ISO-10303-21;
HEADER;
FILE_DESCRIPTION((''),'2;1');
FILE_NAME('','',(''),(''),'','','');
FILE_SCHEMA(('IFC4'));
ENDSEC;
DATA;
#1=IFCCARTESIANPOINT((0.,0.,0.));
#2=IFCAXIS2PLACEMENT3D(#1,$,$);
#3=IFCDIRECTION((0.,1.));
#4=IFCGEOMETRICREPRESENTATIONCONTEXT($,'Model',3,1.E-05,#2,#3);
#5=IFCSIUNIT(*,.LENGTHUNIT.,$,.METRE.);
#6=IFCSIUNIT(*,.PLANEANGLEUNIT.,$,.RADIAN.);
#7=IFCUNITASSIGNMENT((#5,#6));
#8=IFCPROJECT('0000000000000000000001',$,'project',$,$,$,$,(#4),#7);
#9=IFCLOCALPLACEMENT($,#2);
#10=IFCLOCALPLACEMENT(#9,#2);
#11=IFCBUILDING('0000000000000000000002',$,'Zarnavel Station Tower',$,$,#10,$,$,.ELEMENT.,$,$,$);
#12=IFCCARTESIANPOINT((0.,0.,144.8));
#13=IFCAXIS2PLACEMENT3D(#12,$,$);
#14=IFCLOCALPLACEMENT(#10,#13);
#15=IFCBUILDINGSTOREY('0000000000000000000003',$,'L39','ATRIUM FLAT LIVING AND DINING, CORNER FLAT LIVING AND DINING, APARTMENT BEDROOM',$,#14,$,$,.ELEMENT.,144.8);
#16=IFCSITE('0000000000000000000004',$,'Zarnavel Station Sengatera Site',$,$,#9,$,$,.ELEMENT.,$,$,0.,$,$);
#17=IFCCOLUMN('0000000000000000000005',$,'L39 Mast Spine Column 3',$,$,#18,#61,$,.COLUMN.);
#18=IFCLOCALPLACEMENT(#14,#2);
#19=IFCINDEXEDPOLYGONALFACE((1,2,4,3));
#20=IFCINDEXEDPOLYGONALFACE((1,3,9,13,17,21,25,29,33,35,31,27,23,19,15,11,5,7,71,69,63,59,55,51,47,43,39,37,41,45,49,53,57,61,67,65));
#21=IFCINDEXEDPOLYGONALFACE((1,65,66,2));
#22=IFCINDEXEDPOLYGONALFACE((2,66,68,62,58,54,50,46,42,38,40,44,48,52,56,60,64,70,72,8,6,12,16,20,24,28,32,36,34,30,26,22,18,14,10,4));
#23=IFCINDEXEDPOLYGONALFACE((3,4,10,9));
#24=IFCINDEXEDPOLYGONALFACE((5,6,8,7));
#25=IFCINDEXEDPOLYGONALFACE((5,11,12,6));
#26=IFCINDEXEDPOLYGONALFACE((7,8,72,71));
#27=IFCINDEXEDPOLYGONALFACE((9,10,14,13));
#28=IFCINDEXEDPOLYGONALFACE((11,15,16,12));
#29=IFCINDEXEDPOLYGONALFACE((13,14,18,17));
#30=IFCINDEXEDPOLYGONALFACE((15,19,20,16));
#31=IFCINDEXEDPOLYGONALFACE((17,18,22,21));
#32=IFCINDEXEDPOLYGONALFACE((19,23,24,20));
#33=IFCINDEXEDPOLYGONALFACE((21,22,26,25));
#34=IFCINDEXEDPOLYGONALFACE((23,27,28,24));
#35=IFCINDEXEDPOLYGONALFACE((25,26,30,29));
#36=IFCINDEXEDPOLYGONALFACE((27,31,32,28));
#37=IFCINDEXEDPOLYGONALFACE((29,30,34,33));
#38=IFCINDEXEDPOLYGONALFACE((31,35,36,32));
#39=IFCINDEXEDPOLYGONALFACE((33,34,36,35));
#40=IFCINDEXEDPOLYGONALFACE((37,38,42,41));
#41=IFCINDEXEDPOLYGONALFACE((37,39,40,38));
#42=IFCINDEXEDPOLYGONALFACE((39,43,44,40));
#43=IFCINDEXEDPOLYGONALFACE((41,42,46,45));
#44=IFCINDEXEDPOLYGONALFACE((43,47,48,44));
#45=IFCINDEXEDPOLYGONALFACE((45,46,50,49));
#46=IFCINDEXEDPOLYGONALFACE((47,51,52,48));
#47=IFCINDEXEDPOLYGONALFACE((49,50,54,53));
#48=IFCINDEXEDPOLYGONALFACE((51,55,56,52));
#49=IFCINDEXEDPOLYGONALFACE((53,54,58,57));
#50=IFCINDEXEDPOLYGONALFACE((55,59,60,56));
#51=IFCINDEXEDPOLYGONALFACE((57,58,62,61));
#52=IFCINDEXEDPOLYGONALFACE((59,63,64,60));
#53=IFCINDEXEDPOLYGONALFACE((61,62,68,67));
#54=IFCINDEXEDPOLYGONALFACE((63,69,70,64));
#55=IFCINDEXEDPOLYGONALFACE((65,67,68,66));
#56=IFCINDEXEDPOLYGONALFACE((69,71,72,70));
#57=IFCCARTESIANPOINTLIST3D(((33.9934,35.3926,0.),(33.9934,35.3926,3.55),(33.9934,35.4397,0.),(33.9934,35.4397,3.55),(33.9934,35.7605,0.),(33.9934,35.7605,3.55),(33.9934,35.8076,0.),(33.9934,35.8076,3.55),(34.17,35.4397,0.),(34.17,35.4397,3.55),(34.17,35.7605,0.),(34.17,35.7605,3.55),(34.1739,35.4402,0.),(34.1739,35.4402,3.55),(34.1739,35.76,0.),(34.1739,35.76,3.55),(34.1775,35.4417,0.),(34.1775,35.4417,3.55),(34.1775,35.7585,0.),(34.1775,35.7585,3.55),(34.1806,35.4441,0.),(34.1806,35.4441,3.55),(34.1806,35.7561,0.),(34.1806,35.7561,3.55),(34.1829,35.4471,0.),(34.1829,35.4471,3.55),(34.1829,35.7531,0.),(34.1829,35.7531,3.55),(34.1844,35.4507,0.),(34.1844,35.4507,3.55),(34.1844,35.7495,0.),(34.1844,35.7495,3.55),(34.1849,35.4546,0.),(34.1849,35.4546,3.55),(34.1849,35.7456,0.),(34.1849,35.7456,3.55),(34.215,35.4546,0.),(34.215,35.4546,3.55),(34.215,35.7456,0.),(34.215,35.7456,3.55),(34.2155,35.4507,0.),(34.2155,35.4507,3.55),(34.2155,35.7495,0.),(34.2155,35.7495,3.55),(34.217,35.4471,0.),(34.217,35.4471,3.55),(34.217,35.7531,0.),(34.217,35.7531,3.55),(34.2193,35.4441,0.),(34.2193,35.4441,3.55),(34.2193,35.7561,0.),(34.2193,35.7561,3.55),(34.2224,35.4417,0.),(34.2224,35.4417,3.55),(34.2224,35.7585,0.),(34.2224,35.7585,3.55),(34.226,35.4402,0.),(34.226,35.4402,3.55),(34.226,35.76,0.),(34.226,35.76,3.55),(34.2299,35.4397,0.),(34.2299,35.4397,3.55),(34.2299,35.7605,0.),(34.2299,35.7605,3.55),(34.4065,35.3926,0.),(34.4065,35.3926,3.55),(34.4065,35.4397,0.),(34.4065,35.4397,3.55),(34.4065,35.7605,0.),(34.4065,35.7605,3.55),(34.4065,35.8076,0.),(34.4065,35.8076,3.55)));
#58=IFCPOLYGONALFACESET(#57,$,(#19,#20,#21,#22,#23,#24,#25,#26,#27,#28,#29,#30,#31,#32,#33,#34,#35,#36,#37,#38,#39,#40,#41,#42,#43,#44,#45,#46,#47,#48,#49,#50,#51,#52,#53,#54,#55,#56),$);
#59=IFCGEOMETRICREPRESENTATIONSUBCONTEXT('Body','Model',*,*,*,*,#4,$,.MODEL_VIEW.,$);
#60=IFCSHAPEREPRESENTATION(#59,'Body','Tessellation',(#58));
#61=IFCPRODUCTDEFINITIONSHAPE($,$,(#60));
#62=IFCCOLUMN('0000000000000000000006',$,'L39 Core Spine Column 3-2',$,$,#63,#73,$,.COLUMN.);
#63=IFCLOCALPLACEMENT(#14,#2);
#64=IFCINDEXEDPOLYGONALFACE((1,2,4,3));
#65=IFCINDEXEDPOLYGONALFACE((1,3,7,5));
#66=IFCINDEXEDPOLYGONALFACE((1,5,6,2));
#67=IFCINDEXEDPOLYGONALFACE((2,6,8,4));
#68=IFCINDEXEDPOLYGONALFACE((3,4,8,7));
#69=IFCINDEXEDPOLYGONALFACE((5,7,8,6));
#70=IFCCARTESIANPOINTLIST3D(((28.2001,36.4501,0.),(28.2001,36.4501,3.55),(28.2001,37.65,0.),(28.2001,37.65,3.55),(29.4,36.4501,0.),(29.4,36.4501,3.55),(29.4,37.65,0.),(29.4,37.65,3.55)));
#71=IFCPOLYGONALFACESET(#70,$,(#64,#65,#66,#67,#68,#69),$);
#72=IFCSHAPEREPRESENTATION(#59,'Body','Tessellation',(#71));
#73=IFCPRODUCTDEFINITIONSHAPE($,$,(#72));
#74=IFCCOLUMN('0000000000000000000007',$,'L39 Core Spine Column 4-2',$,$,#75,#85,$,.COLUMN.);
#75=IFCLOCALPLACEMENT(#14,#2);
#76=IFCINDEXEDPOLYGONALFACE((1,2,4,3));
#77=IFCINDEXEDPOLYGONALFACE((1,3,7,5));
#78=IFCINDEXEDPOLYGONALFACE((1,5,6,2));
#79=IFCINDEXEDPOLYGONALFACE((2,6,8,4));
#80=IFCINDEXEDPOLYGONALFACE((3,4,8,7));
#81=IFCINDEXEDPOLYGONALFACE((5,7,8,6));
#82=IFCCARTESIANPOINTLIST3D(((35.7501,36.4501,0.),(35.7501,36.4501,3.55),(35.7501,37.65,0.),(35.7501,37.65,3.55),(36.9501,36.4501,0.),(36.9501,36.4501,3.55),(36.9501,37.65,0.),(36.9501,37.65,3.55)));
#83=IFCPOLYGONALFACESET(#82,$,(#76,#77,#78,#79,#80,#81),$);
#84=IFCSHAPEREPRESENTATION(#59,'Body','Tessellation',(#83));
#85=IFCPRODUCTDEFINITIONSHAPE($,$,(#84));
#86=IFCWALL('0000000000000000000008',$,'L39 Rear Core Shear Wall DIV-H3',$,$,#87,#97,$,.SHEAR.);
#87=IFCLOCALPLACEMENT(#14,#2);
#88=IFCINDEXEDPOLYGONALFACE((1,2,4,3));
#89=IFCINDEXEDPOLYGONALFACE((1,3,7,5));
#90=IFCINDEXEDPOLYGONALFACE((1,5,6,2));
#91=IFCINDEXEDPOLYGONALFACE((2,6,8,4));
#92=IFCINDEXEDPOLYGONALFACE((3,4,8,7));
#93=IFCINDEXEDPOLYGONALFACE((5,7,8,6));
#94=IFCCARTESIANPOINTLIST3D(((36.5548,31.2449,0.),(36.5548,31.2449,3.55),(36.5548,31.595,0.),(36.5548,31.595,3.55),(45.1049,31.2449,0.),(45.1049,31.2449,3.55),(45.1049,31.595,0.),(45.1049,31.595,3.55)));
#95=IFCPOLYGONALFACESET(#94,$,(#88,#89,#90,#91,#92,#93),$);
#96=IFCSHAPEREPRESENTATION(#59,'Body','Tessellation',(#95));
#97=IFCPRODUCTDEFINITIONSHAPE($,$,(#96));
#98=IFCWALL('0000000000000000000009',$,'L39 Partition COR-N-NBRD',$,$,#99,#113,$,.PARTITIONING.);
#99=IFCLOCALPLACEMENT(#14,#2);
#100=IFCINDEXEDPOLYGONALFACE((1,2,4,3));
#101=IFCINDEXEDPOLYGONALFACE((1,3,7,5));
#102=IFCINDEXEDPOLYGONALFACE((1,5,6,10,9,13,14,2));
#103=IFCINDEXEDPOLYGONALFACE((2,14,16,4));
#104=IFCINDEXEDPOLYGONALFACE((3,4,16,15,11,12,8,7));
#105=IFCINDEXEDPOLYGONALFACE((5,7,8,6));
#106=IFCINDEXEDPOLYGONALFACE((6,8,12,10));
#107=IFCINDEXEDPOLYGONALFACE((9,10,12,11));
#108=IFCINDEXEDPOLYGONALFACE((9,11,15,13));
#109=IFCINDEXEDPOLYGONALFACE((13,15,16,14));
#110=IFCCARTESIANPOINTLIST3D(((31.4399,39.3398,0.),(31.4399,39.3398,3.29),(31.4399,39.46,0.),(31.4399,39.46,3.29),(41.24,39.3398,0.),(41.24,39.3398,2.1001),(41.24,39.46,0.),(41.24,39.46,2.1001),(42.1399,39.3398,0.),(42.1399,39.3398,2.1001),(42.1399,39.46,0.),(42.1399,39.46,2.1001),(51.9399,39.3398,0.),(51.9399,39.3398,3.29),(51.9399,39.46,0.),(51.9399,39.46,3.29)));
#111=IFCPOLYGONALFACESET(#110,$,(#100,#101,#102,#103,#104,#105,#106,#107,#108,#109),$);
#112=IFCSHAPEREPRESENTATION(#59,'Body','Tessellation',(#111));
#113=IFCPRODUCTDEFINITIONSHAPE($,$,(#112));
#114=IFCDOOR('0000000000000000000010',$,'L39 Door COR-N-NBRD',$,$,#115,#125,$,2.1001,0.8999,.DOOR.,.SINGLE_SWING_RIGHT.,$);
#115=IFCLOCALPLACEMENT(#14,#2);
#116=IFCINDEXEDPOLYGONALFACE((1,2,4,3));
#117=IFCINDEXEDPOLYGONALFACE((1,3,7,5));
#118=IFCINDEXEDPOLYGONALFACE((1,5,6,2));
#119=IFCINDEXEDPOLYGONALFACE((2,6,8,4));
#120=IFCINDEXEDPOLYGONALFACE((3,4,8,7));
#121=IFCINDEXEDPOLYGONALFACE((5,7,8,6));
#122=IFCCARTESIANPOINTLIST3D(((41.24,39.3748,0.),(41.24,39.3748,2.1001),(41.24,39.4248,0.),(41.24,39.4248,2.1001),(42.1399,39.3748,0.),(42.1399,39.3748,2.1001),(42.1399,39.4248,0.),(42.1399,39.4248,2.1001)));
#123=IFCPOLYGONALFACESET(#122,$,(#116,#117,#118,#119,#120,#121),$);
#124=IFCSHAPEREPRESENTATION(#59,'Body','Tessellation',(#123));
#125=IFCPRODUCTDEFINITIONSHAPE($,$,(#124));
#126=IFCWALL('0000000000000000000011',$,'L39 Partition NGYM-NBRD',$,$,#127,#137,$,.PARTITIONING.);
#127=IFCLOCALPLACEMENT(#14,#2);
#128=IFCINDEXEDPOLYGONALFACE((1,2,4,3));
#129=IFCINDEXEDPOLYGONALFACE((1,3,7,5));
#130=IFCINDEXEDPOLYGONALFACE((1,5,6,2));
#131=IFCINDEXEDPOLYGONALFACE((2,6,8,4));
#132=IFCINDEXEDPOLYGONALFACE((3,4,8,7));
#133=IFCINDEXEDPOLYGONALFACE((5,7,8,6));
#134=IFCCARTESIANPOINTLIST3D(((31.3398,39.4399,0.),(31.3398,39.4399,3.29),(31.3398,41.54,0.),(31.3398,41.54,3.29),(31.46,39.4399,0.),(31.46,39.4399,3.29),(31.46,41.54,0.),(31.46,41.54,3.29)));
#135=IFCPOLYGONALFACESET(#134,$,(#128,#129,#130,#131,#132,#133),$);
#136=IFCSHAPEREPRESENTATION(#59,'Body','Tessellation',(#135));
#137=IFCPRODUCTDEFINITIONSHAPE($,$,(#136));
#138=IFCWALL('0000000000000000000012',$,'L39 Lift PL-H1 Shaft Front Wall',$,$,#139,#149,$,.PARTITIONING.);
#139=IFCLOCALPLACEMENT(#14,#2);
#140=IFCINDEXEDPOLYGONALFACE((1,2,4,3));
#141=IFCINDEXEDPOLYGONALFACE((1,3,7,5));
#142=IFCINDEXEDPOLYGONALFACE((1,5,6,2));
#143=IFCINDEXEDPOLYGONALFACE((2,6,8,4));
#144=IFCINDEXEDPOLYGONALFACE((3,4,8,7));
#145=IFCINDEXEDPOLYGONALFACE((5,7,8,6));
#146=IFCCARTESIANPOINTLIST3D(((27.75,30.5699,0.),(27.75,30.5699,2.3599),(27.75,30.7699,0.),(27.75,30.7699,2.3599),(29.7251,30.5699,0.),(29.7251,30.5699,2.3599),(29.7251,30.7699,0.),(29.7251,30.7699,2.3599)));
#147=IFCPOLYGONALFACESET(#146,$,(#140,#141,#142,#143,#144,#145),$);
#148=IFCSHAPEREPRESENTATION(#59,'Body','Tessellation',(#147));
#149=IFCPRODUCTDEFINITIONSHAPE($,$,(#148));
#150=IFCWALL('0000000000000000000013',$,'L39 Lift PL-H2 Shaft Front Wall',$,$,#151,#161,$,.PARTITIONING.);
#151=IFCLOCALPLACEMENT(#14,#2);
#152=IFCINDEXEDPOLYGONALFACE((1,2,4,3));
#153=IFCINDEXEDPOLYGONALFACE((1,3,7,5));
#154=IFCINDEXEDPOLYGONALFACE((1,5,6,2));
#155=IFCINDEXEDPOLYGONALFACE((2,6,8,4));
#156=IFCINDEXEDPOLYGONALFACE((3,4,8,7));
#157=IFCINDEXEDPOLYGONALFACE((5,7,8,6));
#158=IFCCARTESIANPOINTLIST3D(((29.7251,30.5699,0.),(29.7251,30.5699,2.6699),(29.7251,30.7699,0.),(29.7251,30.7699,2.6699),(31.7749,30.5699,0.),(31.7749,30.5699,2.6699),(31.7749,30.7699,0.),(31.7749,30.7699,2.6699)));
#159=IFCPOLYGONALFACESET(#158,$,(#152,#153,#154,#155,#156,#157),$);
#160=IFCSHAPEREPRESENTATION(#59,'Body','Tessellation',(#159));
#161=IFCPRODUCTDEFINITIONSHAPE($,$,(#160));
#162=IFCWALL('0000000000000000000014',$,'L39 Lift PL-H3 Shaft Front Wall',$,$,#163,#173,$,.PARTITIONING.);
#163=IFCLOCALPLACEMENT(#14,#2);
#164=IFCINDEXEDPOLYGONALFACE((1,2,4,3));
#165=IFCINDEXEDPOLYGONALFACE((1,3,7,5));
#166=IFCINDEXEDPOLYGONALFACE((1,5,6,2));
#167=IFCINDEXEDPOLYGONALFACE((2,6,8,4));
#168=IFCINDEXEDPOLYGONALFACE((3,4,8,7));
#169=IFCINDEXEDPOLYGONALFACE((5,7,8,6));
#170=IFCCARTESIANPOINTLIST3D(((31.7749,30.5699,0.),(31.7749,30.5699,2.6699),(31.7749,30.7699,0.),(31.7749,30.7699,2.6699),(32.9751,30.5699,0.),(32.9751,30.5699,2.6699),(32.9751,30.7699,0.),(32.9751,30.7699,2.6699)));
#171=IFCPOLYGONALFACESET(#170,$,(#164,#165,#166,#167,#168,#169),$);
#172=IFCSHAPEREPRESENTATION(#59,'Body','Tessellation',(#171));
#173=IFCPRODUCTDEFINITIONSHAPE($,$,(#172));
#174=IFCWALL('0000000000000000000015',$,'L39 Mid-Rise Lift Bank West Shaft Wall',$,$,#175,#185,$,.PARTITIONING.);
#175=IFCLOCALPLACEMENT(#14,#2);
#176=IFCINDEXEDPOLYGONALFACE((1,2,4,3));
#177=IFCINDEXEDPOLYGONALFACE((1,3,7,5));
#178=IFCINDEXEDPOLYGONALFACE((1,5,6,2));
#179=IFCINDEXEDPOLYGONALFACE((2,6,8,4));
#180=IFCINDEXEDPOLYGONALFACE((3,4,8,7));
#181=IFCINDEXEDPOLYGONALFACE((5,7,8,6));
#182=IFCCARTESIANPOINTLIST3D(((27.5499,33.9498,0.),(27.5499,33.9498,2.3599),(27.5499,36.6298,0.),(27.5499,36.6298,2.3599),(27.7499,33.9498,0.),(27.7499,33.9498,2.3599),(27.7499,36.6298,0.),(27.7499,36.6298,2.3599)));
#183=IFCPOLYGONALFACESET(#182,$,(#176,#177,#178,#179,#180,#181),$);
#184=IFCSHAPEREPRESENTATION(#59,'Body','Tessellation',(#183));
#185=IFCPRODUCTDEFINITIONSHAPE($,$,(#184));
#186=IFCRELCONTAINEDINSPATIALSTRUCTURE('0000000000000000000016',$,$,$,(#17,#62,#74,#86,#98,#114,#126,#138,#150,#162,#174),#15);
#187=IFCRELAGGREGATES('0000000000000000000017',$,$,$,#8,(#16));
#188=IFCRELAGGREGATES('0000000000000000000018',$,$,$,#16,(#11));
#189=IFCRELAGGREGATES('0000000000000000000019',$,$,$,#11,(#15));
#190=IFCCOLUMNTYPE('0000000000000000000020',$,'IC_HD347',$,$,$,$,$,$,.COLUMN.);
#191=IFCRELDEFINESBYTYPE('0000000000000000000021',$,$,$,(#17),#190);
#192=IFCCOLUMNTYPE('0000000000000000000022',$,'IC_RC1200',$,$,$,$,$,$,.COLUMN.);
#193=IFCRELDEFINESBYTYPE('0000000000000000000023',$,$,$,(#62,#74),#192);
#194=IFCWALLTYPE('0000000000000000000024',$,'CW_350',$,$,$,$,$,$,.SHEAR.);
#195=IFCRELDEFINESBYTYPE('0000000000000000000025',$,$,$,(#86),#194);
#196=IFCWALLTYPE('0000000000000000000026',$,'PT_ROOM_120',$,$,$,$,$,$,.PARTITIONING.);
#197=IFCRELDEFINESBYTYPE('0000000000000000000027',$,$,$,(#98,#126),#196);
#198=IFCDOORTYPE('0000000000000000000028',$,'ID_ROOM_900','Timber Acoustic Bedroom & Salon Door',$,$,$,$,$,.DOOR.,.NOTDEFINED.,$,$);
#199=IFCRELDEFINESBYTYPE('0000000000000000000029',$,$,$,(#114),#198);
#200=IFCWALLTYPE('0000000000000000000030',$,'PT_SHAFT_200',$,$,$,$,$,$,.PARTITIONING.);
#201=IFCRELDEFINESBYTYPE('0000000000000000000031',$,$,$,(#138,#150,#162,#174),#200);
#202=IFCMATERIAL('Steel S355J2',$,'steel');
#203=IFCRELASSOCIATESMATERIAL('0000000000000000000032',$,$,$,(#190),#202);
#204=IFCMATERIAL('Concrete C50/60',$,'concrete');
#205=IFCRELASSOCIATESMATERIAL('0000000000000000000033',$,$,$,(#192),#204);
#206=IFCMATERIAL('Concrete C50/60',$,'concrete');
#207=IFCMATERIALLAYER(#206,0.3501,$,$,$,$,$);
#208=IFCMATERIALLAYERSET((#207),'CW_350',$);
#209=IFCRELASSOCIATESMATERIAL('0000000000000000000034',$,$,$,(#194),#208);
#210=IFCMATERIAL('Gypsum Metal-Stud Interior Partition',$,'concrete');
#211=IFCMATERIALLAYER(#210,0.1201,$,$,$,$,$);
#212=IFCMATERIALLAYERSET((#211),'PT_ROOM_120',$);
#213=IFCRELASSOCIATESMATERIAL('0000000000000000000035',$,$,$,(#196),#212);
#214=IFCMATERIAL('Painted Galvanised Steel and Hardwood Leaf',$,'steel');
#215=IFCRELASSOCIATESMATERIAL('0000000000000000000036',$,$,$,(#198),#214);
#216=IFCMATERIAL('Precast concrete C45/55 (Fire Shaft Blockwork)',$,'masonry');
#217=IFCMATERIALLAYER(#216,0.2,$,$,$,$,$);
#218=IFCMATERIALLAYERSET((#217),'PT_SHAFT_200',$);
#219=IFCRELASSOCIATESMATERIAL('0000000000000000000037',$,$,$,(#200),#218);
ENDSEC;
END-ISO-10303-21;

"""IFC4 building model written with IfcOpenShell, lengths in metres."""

from ifc_helpers import new_model, si_unit, direction, frame, frame_2d, origin, origin_2d, place, context, subcontext, project, spatial, rectangle, i_section, extrude, material, layer, layer_set, material_profile, profile_set, type_object, element, fill, save


model = new_model("IFC4")

# Units and contexts
model_context = context("Model", 3, precision=1e-05, world=origin(), true_north=direction((0.0, 1.0)))
body_context = subcontext(model_context, "Body", "Model", "MODEL_VIEW")
ifc_project = project(units=[si_unit("LENGTHUNIT", "METRE"), si_unit("PLANEANGLEUNIT", "RADIAN")], contexts=[model_context])

# Site, building, storey
site_placement = place(None, origin())
site = spatial("IfcSite", under=ifc_project, at=site_placement, Name="Zarnavel Station Sengatera Site", CompositionType="ELEMENT", RefElevation=0.0)
building_placement = place(site_placement, origin())
building = spatial("IfcBuilding", under=site, at=building_placement, Name="Zarnavel Station Tower", CompositionType="ELEMENT")
storey_placement = place(building_placement, frame((0.0, 0.0, 144.8)))
storey = spatial("IfcBuildingStorey", under=building, at=storey_placement, Name="L39", Description="ATRIUM FLAT LIVING AND DINING, CORNER FLAT LIVING AND DINING, APARTMENT BEDROOM", CompositionType="ELEMENT", Elevation=144.8)

# Columns
ifc_material_1 = material(Name="Steel S355J2", Category="steel")
ifc_material_profile_1 = material_profile(ifc_material_1, i_section(OverallWidth=0.4131, OverallDepth=0.415, WebThickness=0.03, FlangeThickness=0.0471, FilletRadius=0.0149, at=origin_2d()), Name="HD400x347")
ifc_profile_set_1 = profile_set([ifc_material_profile_1], Name="Steel S355J2")
column_type_1 = type_object("IfcColumnType", Name="IC_HD347", PredefinedType="COLUMN", material=ifc_profile_set_1)
column_placement = place(storey_placement, frame((34.2, 35.6001, 0.0), z_axis=(0.0, 0.0, 1.0), x_axis=(1.0, 0.0, 0.0)))
element("IfcColumn", 1, at=column_placement, inside=storey, type_object=column_type_1, Name="L39 Mast Spine Column 3", PredefinedType="COLUMN", context=body_context, shape_type="SweptSolid", body=[
    extrude(i_section(OverallWidth=0.4131, OverallDepth=0.415, WebThickness=0.03, FlangeThickness=0.0471, FilletRadius=0.0149, at=origin_2d()), origin(), (0.0, 0.0, 1.0), 3.55),
])
ifc_material_2 = material(Name="Concrete C50/60", Category="concrete")
ifc_material_profile_2 = material_profile(ifc_material_2, rectangle(XDim=1.2, YDim=1.2, at=origin_2d()), Name="RC1200x1200")
ifc_profile_set_2 = profile_set([ifc_material_profile_2], Name="Concrete C50/60")
column_type_2 = type_object("IfcColumnType", Name="IC_RC1200", PredefinedType="COLUMN", material=ifc_profile_set_2)
for number, where, z_axis, x_axis, name in (
    (2, (28.8, 37.05, 0.0), (0.0, 0.0, 1.0), (1.0, 0.0, 0.0), "L39 Core Spine Column 3-2"),
    (3, (36.3501, 37.05, 0.0), (0.0, 0.0, 1.0), (1.0, 0.0, 0.0), "L39 Core Spine Column 4-2"),
):
    element("IfcColumn", number, at=place(storey_placement, frame(where, z_axis=z_axis, x_axis=x_axis)), inside=storey, type_object=column_type_2, Name=name, PredefinedType="COLUMN", context=body_context, shape_type="SweptSolid", body=[
        extrude(rectangle(XDim=1.2, YDim=1.2, at=origin_2d()), origin(), (0.0, 0.0, 1.0), 3.55),
    ])

# Wall
ifc_material_3 = material(Name="Concrete C50/60", Category="concrete")
ifc_layer_1 = layer(ifc_material_3, 0.3501)
ifc_layer_set_1 = layer_set([ifc_layer_1], Name="CW_350")
wall_type_1 = type_object("IfcWallType", Name="CW_350", PredefinedType="SHEAR", material=ifc_layer_set_1)
wall_1_placement = place(storey_placement, frame((36.5549, 31.4199, 0.0), z_axis=(0.0, 0.0, 1.0), x_axis=(1.0, 0.0, 0.0)))
element("IfcWall", 4, at=wall_1_placement, inside=storey, type_object=wall_type_1, Name="L39 Rear Core Shear Wall DIV-H3", PredefinedType="SHEAR", context=body_context, shape_type="SweptSolid", body=[
    extrude(rectangle(XDim=8.55, YDim=0.3501, at=frame_2d((4.2749, 0.0))), origin(), (0.0, 0.0, 1.0), 3.55),
])

# Wall, opening, door
ifc_material_4 = material(Name="Gypsum Metal-Stud Interior Partition", Category="concrete")
ifc_layer_2 = layer(ifc_material_4, 0.1201)
ifc_layer_set_2 = layer_set([ifc_layer_2], Name="PT_ROOM_120")
wall_type_2 = type_object("IfcWallType", Name="PT_ROOM_120", PredefinedType="PARTITIONING", material=ifc_layer_set_2)
wall_2_placement = place(storey_placement, frame((31.4399, 39.3999, 0.0), z_axis=(0.0, 0.0, 1.0), x_axis=(1.0, 0.0, 0.0)))
wall_2 = element("IfcWall", 5, at=wall_2_placement, inside=storey, type_object=wall_type_2, Name="L39 Partition COR-N-NBRD", PredefinedType="PARTITIONING", context=body_context, shape_type="SweptSolid", body=[
    extrude(rectangle(XDim=20.5, YDim=0.1201, at=frame_2d((10.25, 0.0))), origin(), (0.0, 0.0, 1.0), 3.29),
])
opening_1_placement = place(wall_2_placement, frame((9.8, 0.0, 0.0)))
opening_1 = element("IfcOpeningElement", 6, at=opening_1_placement, cuts=wall_2, PredefinedType="OPENING", context=body_context, shape_type="SweptSolid", body=[
    extrude(rectangle(XDim=0.8999, YDim=2.1001, at=frame_2d((0.45, 1.05))), frame((0.0, 0.0701, 0.0), z_axis=(0.0, -1.0, 0.0), x_axis=(1.0, 0.0, 0.0)), (0.0, 0.0, 1.0), 0.1401),
])
ifc_material_5 = material(Name="Painted Galvanised Steel and Hardwood Leaf", Category="steel")
door_type_1 = type_object("IfcDoorType", Name="ID_ROOM_900", Description="Timber Acoustic Bedroom & Salon Door", OperationType="NOTDEFINED", PredefinedType="DOOR", material=ifc_material_5)
door_1_placement = place(opening_1_placement, origin())
door_1 = element("IfcDoor", 7, at=door_1_placement, inside=storey, type_object=door_type_1, Name="L39 Door COR-N-NBRD", OperationType="SINGLE_SWING_RIGHT", OverallHeight=2.1001, OverallWidth=0.8999, PredefinedType="DOOR", context=body_context, shape_type="SweptSolid", body=[
    extrude(rectangle(XDim=0.8999, YDim=2.1001, at=frame_2d((0.45, 1.05))), frame((0.0, 0.0249, 0.0), z_axis=(0.0, -1.0, 0.0), x_axis=(1.0, 0.0, 0.0)), (0.0, 0.0, 1.0), 0.05),
])
fill(opening_1, door_1)

# Wall
wall_3_placement = place(storey_placement, frame((31.3999, 39.4399, 0.0), z_axis=(0.0, 0.0, 1.0), x_axis=(0.0, 1.0, 0.0)))
element("IfcWall", 8, at=wall_3_placement, inside=storey, type_object=wall_type_2, Name="L39 Partition NGYM-NBRD", PredefinedType="PARTITIONING", context=body_context, shape_type="SweptSolid", body=[
    extrude(rectangle(XDim=2.1001, YDim=0.1201, at=frame_2d((1.05, 0.0))), origin(), (0.0, 0.0, 1.0), 3.29),
])

# Shared definitions
ifc_material_6 = material(Name="Precast concrete C45/55 (Fire Shaft Blockwork)", Category="masonry")
ifc_layer_3 = layer(ifc_material_6, 0.2)
ifc_layer_set_3 = layer_set([ifc_layer_3], Name="PT_SHAFT_200")
wall_type_3 = type_object("IfcWallType", Name="PT_SHAFT_200", PredefinedType="PARTITIONING", material=ifc_layer_set_3)

# Walls
wall_4_placement = place(storey_placement, frame((27.75, 30.6699, 0.0), z_axis=(0.0, 0.0, 1.0), x_axis=(1.0, 0.0, 0.0)))
element("IfcWall", 9, at=wall_4_placement, inside=storey, type_object=wall_type_3, Name="L39 Lift PL-H1 Shaft Front Wall", PredefinedType="PARTITIONING", context=body_context, shape_type="SweptSolid", body=[
    extrude(rectangle(XDim=1.9751, YDim=0.2, at=frame_2d((0.9875, 0.0))), origin(), (0.0, 0.0, 1.0), 2.3599),
])
wall_5_placement = place(storey_placement, frame((29.7251, 30.6699, 0.0), z_axis=(0.0, 0.0, 1.0), x_axis=(1.0, 0.0, 0.0)))
element("IfcWall", 10, at=wall_5_placement, inside=storey, type_object=wall_type_3, Name="L39 Lift PL-H2 Shaft Front Wall", PredefinedType="PARTITIONING", context=body_context, shape_type="SweptSolid", body=[
    extrude(rectangle(XDim=2.0498, YDim=0.2, at=frame_2d((1.0249, 0.0))), origin(), (0.0, 0.0, 1.0), 2.6699),
])
wall_6_placement = place(storey_placement, frame((31.7749, 30.6699, 0.0), z_axis=(0.0, 0.0, 1.0), x_axis=(1.0, 0.0, 0.0)))
element("IfcWall", 11, at=wall_6_placement, inside=storey, type_object=wall_type_3, Name="L39 Lift PL-H3 Shaft Front Wall", PredefinedType="PARTITIONING", context=body_context, shape_type="SweptSolid", body=[
    extrude(rectangle(XDim=1.2002, YDim=0.2, at=frame_2d((0.6001, 0.0))), origin(), (0.0, 0.0, 1.0), 2.6699),
])

# Wall
wall_7_placement = place(storey_placement, frame((27.6499, 33.95, 0.0), z_axis=(0.0, 0.0, 1.0), x_axis=(0.0, 1.0, 0.0)))
element("IfcWall", 12, at=wall_7_placement, inside=storey, type_object=wall_type_3, Name="L39 Mid-Rise Lift Bank West Shaft Wall", PredefinedType="PARTITIONING", context=body_context, shape_type="SweptSolid", body=[
    extrude(rectangle(XDim=2.6799, YDim=0.2, at=frame_2d((1.3398, 0.0))), origin(), (0.0, 0.0, 1.0), 2.3599),
])

save(model, "model.ifc")
